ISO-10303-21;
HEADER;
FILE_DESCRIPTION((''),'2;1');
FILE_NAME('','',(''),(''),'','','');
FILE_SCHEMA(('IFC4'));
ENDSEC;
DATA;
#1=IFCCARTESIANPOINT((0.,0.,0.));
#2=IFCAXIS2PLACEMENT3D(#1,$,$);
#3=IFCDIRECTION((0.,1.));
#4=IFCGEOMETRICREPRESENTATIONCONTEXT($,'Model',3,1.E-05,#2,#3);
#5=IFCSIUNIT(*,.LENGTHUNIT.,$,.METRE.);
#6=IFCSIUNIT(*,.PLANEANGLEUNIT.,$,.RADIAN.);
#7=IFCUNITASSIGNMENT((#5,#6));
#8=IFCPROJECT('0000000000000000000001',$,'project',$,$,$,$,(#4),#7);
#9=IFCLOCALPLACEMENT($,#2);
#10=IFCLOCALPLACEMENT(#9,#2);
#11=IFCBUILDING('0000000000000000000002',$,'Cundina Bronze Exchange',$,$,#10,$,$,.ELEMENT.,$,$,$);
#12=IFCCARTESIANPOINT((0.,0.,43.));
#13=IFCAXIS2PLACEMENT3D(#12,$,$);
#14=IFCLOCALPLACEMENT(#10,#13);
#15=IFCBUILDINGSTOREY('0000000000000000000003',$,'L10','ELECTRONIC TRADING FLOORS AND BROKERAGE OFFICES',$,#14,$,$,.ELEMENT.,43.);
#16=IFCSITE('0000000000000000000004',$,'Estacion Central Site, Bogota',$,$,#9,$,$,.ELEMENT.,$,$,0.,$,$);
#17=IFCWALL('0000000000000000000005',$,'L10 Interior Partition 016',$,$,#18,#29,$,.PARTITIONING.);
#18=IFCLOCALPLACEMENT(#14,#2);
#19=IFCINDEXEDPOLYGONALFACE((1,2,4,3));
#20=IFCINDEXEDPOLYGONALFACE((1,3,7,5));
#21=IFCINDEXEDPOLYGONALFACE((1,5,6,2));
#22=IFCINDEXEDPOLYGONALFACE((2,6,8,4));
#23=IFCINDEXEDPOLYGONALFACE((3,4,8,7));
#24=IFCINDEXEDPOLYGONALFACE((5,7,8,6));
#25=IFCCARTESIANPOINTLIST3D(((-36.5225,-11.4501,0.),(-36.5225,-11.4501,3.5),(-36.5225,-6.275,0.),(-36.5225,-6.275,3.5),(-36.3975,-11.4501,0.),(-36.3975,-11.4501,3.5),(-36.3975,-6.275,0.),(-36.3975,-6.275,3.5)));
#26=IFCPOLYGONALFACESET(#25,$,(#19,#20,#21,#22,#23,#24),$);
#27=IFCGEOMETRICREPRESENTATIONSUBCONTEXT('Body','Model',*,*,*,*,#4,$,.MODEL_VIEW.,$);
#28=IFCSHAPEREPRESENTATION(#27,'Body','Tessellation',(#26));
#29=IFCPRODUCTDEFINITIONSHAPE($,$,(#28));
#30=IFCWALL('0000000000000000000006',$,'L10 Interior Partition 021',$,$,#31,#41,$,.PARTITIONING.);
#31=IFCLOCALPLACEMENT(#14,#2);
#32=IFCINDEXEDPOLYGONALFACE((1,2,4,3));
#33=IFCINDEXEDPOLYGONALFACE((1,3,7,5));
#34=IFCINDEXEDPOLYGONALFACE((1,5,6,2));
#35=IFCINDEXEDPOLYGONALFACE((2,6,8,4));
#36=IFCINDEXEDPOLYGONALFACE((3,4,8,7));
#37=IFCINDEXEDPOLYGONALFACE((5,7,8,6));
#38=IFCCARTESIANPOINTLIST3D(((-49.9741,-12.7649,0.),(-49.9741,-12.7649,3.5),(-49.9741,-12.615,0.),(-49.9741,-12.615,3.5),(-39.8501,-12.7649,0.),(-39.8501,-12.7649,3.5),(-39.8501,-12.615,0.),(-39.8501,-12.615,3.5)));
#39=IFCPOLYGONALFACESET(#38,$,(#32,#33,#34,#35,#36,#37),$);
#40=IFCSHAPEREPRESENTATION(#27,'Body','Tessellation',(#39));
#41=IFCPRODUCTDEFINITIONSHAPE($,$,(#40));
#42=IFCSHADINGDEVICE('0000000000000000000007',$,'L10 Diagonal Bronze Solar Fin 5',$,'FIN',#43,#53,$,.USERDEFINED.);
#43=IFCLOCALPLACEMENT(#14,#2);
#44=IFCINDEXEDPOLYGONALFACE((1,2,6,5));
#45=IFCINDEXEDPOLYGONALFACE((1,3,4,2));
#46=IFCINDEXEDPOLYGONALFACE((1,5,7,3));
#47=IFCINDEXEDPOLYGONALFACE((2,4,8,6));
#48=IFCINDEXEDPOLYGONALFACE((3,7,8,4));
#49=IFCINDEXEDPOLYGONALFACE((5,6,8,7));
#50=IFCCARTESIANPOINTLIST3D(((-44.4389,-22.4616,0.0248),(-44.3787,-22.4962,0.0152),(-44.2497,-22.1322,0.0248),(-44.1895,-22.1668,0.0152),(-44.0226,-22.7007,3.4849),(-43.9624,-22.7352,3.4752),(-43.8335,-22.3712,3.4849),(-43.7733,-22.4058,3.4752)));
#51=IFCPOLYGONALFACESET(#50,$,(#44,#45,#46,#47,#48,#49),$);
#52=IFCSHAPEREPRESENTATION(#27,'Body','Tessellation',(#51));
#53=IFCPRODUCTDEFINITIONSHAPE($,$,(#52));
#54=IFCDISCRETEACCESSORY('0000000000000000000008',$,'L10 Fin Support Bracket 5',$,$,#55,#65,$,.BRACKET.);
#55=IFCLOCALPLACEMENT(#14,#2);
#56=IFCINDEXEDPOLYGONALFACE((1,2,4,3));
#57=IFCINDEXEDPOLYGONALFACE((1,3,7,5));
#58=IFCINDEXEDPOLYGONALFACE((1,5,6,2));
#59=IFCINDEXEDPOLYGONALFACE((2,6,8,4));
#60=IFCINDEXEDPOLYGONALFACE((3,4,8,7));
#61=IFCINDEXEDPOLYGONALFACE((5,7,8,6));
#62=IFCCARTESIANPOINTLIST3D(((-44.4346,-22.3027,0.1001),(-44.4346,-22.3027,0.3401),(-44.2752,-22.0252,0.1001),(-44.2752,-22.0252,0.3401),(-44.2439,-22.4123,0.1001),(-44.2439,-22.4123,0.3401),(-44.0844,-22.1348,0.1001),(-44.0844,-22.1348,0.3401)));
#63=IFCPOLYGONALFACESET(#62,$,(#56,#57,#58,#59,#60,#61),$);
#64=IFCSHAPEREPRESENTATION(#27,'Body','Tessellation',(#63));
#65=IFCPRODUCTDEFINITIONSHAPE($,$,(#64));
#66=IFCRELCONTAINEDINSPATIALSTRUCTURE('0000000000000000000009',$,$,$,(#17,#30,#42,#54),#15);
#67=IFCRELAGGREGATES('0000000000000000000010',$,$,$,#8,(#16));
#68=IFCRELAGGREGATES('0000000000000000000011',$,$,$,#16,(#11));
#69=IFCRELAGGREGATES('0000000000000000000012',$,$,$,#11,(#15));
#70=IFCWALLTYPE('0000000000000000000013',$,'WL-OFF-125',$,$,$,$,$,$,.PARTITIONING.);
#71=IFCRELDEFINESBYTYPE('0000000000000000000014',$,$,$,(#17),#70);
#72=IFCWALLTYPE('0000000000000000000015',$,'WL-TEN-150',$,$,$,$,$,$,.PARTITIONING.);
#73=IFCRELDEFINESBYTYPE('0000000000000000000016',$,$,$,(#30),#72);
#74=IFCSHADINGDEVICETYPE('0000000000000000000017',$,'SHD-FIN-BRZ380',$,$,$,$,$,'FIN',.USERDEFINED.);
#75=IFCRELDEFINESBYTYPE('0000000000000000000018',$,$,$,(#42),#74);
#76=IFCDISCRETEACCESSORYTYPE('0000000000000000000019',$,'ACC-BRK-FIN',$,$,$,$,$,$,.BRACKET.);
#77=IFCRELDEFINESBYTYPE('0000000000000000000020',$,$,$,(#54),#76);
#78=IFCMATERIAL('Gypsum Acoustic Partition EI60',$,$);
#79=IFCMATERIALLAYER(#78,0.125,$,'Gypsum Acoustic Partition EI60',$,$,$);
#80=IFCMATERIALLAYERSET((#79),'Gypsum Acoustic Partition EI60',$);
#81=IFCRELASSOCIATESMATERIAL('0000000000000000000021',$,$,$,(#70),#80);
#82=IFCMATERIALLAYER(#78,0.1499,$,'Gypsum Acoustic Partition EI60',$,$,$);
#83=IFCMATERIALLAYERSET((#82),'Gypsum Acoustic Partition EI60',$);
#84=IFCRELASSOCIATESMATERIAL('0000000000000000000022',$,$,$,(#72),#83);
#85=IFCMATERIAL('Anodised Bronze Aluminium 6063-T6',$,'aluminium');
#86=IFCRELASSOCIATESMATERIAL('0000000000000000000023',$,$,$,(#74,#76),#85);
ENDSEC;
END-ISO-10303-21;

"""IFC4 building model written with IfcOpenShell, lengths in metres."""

from ifc_helpers import new_model, si_unit, direction, frame, frame_2d, origin, origin_2d, place, context, subcontext, project, spatial, rectangle, extrude, material, layer, layer_set, material_profile, profile_set, type_object, element, save


model = new_model("IFC4")

# Units and contexts
model_context = context("Model", 3, precision=1e-05, world=origin(), true_north=direction((0.0, 1.0)))
body_context = subcontext(model_context, "Body", "Model", "MODEL_VIEW")
ifc_project = project(units=[si_unit("LENGTHUNIT", "METRE"), si_unit("PLANEANGLEUNIT", "RADIAN")], contexts=[model_context])

# Site, building, storey
site_placement = place(None, origin())
site = spatial("IfcSite", under=ifc_project, at=site_placement, Name="Estacion Central Site, Bogota", CompositionType="ELEMENT", RefElevation=0.0)
building_placement = place(site_placement, origin())
building = spatial("IfcBuilding", under=site, at=building_placement, Name="Cundina Bronze Exchange", CompositionType="ELEMENT")
storey_placement = place(building_placement, frame((0.0, 0.0, 43.0)))
storey = spatial("IfcBuildingStorey", under=building, at=storey_placement, Name="L10", Description="ELECTRONIC TRADING FLOORS AND BROKERAGE OFFICES", CompositionType="ELEMENT", Elevation=43.0)

# Shared definitions
ifc_material_1 = material(Name="Anodised Bronze Aluminium 6063-T6", Category="aluminium")

# Walls
ifc_material_2 = material(Name="Gypsum Acoustic Partition EI60")
ifc_layer_1 = layer(ifc_material_2, 0.125, Name="Gypsum Acoustic Partition EI60")
ifc_layer_set_1 = layer_set([ifc_layer_1], Name="Gypsum Acoustic Partition EI60")
wall_type_1 = type_object("IfcWallType", Name="WL-OFF-125", PredefinedType="PARTITIONING", material=ifc_layer_set_1)
wall_1_placement = place(storey_placement, frame((-36.46, -11.45, 0.0), z_axis=(0.0, 0.0, 1.0), x_axis=(0.0, 1.0, 0.0)))
element("IfcWall", 1, at=wall_1_placement, inside=storey, type_object=wall_type_1, Name="L10 Interior Partition 016", PredefinedType="PARTITIONING", context=body_context, shape_type="SweptSolid", body=[
    extrude(rectangle(XDim=5.175, YDim=0.125, at=frame_2d((2.5874, 0.0))), origin(), (0.0, 0.0, 1.0), 3.5),
])
ifc_layer_2 = layer(ifc_material_2, 0.1499, Name="Gypsum Acoustic Partition EI60")
ifc_layer_set_2 = layer_set([ifc_layer_2], Name="Gypsum Acoustic Partition EI60")
wall_type_2 = type_object("IfcWallType", Name="WL-TEN-150", PredefinedType="PARTITIONING", material=ifc_layer_set_2)
wall_2_placement = place(storey_placement, frame((-49.9741, -12.6899, 0.0), z_axis=(0.0, 0.0, 1.0), x_axis=(1.0, 0.0, 0.0)))
element("IfcWall", 2, at=wall_2_placement, inside=storey, type_object=wall_type_2, Name="L10 Interior Partition 021", PredefinedType="PARTITIONING", context=body_context, shape_type="SweptSolid", body=[
    extrude(rectangle(XDim=10.124, YDim=0.1499, at=frame_2d((5.062, 0.0))), origin(), (0.0, 0.0, 1.0), 3.5),
])

# Shading device
ifc_material_profile_1 = material_profile(ifc_material_1, rectangle(XDim=0.0701, YDim=0.3799, at=origin_2d()), Name="FIN70X380", Category="aluminium")
ifc_profile_set_1 = profile_set([ifc_material_profile_1], Name="Anodised Bronze Aluminium 6063-T6")
shading_device_type = type_object("IfcShadingDeviceType", Name="SHD-FIN-BRZ380", ElementType="FIN", PredefinedType="USERDEFINED", material=ifc_profile_set_1)
shading_device_placement = place(storey_placement, frame((-44.3142, -22.3142, 0.02), z_axis=(0.119166, -0.068425, 0.990514), x_axis=(-0.858982, 0.493222, 0.137414)))
element("IfcShadingDevice", 3, at=shading_device_placement, inside=storey, type_object=shading_device_type, Name="L10 Diagonal Bronze Solar Fin 5", ObjectType="FIN", PredefinedType="USERDEFINED", context=body_context, shape_type="SweptSolid", body=[
    extrude(rectangle(XDim=0.0701, YDim=0.3799, at=origin_2d()), origin(), (0.0, 0.0, 1.0), 3.4932),
])

# Discrete accessory
discrete_accessory_type = type_object("IfcDiscreteAccessoryType", Name="ACC-BRK-FIN", PredefinedType="BRACKET", material=ifc_material_1)
discrete_accessory_placement = place(storey_placement, frame((-44.2595, -22.2188, 0.1001), z_axis=(0.0, 0.0, 1.0), x_axis=(0.867105, -0.498125, 0.0)))
element("IfcDiscreteAccessory", 4, at=discrete_accessory_placement, inside=storey, type_object=discrete_accessory_type, Name="L10 Fin Support Bracket 5", PredefinedType="BRACKET", context=body_context, shape_type="SweptSolid", body=[
    extrude(rectangle(XDim=0.22, YDim=0.3201, at=origin_2d()), origin(), (0.0, 0.0, 1.0), 0.24),
])

save(model, "model.ifc")
